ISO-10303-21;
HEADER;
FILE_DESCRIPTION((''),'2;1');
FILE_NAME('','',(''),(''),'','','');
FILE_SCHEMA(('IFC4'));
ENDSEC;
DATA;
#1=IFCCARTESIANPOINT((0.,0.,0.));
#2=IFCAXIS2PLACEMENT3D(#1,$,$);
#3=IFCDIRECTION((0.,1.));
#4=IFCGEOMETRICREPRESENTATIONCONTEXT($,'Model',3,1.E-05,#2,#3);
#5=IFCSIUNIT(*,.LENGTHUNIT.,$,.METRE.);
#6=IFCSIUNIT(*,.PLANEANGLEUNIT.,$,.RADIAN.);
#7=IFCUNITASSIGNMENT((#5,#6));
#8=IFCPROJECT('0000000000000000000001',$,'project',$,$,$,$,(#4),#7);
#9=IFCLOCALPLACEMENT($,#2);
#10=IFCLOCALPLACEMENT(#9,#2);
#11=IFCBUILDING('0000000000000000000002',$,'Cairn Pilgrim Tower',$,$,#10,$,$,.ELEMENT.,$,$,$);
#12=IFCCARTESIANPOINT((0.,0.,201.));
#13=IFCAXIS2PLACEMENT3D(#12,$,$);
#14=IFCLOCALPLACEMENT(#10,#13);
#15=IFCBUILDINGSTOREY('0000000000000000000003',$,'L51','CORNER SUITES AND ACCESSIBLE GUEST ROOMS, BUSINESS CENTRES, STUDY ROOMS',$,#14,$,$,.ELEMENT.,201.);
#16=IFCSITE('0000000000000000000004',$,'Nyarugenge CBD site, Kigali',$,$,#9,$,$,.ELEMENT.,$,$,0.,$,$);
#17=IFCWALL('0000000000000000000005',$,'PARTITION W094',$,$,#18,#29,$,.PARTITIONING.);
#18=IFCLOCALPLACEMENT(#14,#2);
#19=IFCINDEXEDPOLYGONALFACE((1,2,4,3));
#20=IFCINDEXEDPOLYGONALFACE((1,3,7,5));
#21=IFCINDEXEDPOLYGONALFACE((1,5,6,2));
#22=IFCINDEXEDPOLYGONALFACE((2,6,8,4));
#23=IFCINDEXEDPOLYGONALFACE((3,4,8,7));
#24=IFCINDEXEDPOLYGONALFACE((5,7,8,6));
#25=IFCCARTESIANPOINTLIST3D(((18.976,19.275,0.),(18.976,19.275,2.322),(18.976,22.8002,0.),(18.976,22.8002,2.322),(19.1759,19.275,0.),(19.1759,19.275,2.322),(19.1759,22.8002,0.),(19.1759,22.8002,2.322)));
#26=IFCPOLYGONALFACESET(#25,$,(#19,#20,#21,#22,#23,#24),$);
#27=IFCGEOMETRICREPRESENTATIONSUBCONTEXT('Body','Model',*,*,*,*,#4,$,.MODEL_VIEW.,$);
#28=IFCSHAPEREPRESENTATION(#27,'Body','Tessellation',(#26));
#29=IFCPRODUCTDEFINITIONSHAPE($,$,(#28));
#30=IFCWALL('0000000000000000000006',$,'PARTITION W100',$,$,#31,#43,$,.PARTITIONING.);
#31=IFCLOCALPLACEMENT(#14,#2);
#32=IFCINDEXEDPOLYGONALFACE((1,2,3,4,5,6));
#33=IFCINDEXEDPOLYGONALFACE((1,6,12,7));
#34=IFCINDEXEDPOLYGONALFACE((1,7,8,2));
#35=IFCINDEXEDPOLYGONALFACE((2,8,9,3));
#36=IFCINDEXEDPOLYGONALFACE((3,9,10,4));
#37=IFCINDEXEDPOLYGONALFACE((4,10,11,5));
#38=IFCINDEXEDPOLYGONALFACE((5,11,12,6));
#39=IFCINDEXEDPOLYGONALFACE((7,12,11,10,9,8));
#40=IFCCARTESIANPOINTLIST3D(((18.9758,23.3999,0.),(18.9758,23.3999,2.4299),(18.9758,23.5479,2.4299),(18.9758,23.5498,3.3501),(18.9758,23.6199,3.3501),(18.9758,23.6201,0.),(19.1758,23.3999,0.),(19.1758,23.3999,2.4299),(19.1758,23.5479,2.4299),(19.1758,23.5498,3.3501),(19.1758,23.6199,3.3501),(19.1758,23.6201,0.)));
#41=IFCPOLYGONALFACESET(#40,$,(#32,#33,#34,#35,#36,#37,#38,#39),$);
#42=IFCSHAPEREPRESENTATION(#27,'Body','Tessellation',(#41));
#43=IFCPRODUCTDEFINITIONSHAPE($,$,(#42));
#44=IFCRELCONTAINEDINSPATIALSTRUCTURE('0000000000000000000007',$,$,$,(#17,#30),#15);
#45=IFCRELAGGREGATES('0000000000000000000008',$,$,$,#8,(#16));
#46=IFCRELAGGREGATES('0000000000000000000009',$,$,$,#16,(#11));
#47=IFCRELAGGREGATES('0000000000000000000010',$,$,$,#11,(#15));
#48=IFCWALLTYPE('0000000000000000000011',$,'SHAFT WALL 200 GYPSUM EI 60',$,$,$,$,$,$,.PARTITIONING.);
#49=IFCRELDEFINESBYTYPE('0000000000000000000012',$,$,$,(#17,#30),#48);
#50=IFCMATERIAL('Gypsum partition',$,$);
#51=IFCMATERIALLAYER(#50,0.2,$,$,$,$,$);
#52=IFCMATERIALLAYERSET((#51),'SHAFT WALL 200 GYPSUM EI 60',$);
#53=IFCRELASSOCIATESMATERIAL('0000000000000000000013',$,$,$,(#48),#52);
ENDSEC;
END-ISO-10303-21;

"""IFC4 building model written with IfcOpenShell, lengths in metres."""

from ifc_helpers import new_model, si_unit, direction, frame, frame_2d, origin, place, context, subcontext, project, spatial, polyline, rectangle, outline, extrude, material, layer, layer_set, type_object, element, save


model = new_model("IFC4")

# Units and contexts
model_context = context("Model", 3, precision=1e-05, world=origin(), true_north=direction((0.0, 1.0)))
body_context = subcontext(model_context, "Body", "Model", "MODEL_VIEW")
ifc_project = project(units=[si_unit("LENGTHUNIT", "METRE"), si_unit("PLANEANGLEUNIT", "RADIAN")], contexts=[model_context])

# Site, building, storey
site_placement = place(None, origin())
site = spatial("IfcSite", under=ifc_project, at=site_placement, Name="Nyarugenge CBD site, Kigali", CompositionType="ELEMENT", RefElevation=0.0)
building_placement = place(site_placement, origin())
building = spatial("IfcBuilding", under=site, at=building_placement, Name="Cairn Pilgrim Tower", CompositionType="ELEMENT")
storey_placement = place(building_placement, frame((0.0, 0.0, 201.0)))
storey = spatial("IfcBuildingStorey", under=building, at=storey_placement, Name="L51", Description="CORNER SUITES AND ACCESSIBLE GUEST ROOMS, BUSINESS CENTRES, STUDY ROOMS", CompositionType="ELEMENT", Elevation=201.0)

# Shared definitions
ifc_material_1 = material(Name="Gypsum partition")

# Walls
ifc_layer_1 = layer(ifc_material_1, 0.2)
ifc_layer_set_1 = layer_set([ifc_layer_1], Name="SHAFT WALL 200 GYPSUM EI 60")
wall_type_1 = type_object("IfcWallType", Name="SHAFT WALL 200 GYPSUM EI 60", PredefinedType="PARTITIONING", material=ifc_layer_set_1)
wall_1_placement = place(storey_placement, frame((19.0759, 19.2749, 0.0), z_axis=(0.0, 0.0, 1.0), x_axis=(0.0, 1.0, 0.0)))
element("IfcWall", 1, at=wall_1_placement, inside=storey, type_object=wall_type_1, Name="PARTITION W094", PredefinedType="PARTITIONING", context=body_context, shape_type="SweptSolid", body=[
    extrude(rectangle(XDim=3.5251, YDim=0.2, at=frame_2d((1.7627, 0.0))), origin(), (0.0, 0.0, 1.0), 2.322),
])
wall_2_placement = place(storey_placement, frame((19.0759, 23.3999, 0.0), z_axis=(0.0, 0.0, 1.0), x_axis=(0.0, 1.0, 0.0)))
element("IfcWall", 2, at=wall_2_placement, inside=storey, type_object=wall_type_1, Name="PARTITION W100", PredefinedType="PARTITIONING", context=body_context, shape_type="SweptSolid", body=[
    extrude(outline(polyline([(0.0, 0.0), (0.2202, 0.0), (0.22, 3.3501), (0.1499, 3.3501), (0.1479, 2.4299), (0.0, 2.4299), (0.0, 0.0)])), frame((0.0, 0.1001, 0.0), z_axis=(0.0, -1.0, 0.0), x_axis=(1.0, 0.0, 0.0)), (0.0, 0.0, 1.0), 0.2),
])

save(model, "model.ifc")
